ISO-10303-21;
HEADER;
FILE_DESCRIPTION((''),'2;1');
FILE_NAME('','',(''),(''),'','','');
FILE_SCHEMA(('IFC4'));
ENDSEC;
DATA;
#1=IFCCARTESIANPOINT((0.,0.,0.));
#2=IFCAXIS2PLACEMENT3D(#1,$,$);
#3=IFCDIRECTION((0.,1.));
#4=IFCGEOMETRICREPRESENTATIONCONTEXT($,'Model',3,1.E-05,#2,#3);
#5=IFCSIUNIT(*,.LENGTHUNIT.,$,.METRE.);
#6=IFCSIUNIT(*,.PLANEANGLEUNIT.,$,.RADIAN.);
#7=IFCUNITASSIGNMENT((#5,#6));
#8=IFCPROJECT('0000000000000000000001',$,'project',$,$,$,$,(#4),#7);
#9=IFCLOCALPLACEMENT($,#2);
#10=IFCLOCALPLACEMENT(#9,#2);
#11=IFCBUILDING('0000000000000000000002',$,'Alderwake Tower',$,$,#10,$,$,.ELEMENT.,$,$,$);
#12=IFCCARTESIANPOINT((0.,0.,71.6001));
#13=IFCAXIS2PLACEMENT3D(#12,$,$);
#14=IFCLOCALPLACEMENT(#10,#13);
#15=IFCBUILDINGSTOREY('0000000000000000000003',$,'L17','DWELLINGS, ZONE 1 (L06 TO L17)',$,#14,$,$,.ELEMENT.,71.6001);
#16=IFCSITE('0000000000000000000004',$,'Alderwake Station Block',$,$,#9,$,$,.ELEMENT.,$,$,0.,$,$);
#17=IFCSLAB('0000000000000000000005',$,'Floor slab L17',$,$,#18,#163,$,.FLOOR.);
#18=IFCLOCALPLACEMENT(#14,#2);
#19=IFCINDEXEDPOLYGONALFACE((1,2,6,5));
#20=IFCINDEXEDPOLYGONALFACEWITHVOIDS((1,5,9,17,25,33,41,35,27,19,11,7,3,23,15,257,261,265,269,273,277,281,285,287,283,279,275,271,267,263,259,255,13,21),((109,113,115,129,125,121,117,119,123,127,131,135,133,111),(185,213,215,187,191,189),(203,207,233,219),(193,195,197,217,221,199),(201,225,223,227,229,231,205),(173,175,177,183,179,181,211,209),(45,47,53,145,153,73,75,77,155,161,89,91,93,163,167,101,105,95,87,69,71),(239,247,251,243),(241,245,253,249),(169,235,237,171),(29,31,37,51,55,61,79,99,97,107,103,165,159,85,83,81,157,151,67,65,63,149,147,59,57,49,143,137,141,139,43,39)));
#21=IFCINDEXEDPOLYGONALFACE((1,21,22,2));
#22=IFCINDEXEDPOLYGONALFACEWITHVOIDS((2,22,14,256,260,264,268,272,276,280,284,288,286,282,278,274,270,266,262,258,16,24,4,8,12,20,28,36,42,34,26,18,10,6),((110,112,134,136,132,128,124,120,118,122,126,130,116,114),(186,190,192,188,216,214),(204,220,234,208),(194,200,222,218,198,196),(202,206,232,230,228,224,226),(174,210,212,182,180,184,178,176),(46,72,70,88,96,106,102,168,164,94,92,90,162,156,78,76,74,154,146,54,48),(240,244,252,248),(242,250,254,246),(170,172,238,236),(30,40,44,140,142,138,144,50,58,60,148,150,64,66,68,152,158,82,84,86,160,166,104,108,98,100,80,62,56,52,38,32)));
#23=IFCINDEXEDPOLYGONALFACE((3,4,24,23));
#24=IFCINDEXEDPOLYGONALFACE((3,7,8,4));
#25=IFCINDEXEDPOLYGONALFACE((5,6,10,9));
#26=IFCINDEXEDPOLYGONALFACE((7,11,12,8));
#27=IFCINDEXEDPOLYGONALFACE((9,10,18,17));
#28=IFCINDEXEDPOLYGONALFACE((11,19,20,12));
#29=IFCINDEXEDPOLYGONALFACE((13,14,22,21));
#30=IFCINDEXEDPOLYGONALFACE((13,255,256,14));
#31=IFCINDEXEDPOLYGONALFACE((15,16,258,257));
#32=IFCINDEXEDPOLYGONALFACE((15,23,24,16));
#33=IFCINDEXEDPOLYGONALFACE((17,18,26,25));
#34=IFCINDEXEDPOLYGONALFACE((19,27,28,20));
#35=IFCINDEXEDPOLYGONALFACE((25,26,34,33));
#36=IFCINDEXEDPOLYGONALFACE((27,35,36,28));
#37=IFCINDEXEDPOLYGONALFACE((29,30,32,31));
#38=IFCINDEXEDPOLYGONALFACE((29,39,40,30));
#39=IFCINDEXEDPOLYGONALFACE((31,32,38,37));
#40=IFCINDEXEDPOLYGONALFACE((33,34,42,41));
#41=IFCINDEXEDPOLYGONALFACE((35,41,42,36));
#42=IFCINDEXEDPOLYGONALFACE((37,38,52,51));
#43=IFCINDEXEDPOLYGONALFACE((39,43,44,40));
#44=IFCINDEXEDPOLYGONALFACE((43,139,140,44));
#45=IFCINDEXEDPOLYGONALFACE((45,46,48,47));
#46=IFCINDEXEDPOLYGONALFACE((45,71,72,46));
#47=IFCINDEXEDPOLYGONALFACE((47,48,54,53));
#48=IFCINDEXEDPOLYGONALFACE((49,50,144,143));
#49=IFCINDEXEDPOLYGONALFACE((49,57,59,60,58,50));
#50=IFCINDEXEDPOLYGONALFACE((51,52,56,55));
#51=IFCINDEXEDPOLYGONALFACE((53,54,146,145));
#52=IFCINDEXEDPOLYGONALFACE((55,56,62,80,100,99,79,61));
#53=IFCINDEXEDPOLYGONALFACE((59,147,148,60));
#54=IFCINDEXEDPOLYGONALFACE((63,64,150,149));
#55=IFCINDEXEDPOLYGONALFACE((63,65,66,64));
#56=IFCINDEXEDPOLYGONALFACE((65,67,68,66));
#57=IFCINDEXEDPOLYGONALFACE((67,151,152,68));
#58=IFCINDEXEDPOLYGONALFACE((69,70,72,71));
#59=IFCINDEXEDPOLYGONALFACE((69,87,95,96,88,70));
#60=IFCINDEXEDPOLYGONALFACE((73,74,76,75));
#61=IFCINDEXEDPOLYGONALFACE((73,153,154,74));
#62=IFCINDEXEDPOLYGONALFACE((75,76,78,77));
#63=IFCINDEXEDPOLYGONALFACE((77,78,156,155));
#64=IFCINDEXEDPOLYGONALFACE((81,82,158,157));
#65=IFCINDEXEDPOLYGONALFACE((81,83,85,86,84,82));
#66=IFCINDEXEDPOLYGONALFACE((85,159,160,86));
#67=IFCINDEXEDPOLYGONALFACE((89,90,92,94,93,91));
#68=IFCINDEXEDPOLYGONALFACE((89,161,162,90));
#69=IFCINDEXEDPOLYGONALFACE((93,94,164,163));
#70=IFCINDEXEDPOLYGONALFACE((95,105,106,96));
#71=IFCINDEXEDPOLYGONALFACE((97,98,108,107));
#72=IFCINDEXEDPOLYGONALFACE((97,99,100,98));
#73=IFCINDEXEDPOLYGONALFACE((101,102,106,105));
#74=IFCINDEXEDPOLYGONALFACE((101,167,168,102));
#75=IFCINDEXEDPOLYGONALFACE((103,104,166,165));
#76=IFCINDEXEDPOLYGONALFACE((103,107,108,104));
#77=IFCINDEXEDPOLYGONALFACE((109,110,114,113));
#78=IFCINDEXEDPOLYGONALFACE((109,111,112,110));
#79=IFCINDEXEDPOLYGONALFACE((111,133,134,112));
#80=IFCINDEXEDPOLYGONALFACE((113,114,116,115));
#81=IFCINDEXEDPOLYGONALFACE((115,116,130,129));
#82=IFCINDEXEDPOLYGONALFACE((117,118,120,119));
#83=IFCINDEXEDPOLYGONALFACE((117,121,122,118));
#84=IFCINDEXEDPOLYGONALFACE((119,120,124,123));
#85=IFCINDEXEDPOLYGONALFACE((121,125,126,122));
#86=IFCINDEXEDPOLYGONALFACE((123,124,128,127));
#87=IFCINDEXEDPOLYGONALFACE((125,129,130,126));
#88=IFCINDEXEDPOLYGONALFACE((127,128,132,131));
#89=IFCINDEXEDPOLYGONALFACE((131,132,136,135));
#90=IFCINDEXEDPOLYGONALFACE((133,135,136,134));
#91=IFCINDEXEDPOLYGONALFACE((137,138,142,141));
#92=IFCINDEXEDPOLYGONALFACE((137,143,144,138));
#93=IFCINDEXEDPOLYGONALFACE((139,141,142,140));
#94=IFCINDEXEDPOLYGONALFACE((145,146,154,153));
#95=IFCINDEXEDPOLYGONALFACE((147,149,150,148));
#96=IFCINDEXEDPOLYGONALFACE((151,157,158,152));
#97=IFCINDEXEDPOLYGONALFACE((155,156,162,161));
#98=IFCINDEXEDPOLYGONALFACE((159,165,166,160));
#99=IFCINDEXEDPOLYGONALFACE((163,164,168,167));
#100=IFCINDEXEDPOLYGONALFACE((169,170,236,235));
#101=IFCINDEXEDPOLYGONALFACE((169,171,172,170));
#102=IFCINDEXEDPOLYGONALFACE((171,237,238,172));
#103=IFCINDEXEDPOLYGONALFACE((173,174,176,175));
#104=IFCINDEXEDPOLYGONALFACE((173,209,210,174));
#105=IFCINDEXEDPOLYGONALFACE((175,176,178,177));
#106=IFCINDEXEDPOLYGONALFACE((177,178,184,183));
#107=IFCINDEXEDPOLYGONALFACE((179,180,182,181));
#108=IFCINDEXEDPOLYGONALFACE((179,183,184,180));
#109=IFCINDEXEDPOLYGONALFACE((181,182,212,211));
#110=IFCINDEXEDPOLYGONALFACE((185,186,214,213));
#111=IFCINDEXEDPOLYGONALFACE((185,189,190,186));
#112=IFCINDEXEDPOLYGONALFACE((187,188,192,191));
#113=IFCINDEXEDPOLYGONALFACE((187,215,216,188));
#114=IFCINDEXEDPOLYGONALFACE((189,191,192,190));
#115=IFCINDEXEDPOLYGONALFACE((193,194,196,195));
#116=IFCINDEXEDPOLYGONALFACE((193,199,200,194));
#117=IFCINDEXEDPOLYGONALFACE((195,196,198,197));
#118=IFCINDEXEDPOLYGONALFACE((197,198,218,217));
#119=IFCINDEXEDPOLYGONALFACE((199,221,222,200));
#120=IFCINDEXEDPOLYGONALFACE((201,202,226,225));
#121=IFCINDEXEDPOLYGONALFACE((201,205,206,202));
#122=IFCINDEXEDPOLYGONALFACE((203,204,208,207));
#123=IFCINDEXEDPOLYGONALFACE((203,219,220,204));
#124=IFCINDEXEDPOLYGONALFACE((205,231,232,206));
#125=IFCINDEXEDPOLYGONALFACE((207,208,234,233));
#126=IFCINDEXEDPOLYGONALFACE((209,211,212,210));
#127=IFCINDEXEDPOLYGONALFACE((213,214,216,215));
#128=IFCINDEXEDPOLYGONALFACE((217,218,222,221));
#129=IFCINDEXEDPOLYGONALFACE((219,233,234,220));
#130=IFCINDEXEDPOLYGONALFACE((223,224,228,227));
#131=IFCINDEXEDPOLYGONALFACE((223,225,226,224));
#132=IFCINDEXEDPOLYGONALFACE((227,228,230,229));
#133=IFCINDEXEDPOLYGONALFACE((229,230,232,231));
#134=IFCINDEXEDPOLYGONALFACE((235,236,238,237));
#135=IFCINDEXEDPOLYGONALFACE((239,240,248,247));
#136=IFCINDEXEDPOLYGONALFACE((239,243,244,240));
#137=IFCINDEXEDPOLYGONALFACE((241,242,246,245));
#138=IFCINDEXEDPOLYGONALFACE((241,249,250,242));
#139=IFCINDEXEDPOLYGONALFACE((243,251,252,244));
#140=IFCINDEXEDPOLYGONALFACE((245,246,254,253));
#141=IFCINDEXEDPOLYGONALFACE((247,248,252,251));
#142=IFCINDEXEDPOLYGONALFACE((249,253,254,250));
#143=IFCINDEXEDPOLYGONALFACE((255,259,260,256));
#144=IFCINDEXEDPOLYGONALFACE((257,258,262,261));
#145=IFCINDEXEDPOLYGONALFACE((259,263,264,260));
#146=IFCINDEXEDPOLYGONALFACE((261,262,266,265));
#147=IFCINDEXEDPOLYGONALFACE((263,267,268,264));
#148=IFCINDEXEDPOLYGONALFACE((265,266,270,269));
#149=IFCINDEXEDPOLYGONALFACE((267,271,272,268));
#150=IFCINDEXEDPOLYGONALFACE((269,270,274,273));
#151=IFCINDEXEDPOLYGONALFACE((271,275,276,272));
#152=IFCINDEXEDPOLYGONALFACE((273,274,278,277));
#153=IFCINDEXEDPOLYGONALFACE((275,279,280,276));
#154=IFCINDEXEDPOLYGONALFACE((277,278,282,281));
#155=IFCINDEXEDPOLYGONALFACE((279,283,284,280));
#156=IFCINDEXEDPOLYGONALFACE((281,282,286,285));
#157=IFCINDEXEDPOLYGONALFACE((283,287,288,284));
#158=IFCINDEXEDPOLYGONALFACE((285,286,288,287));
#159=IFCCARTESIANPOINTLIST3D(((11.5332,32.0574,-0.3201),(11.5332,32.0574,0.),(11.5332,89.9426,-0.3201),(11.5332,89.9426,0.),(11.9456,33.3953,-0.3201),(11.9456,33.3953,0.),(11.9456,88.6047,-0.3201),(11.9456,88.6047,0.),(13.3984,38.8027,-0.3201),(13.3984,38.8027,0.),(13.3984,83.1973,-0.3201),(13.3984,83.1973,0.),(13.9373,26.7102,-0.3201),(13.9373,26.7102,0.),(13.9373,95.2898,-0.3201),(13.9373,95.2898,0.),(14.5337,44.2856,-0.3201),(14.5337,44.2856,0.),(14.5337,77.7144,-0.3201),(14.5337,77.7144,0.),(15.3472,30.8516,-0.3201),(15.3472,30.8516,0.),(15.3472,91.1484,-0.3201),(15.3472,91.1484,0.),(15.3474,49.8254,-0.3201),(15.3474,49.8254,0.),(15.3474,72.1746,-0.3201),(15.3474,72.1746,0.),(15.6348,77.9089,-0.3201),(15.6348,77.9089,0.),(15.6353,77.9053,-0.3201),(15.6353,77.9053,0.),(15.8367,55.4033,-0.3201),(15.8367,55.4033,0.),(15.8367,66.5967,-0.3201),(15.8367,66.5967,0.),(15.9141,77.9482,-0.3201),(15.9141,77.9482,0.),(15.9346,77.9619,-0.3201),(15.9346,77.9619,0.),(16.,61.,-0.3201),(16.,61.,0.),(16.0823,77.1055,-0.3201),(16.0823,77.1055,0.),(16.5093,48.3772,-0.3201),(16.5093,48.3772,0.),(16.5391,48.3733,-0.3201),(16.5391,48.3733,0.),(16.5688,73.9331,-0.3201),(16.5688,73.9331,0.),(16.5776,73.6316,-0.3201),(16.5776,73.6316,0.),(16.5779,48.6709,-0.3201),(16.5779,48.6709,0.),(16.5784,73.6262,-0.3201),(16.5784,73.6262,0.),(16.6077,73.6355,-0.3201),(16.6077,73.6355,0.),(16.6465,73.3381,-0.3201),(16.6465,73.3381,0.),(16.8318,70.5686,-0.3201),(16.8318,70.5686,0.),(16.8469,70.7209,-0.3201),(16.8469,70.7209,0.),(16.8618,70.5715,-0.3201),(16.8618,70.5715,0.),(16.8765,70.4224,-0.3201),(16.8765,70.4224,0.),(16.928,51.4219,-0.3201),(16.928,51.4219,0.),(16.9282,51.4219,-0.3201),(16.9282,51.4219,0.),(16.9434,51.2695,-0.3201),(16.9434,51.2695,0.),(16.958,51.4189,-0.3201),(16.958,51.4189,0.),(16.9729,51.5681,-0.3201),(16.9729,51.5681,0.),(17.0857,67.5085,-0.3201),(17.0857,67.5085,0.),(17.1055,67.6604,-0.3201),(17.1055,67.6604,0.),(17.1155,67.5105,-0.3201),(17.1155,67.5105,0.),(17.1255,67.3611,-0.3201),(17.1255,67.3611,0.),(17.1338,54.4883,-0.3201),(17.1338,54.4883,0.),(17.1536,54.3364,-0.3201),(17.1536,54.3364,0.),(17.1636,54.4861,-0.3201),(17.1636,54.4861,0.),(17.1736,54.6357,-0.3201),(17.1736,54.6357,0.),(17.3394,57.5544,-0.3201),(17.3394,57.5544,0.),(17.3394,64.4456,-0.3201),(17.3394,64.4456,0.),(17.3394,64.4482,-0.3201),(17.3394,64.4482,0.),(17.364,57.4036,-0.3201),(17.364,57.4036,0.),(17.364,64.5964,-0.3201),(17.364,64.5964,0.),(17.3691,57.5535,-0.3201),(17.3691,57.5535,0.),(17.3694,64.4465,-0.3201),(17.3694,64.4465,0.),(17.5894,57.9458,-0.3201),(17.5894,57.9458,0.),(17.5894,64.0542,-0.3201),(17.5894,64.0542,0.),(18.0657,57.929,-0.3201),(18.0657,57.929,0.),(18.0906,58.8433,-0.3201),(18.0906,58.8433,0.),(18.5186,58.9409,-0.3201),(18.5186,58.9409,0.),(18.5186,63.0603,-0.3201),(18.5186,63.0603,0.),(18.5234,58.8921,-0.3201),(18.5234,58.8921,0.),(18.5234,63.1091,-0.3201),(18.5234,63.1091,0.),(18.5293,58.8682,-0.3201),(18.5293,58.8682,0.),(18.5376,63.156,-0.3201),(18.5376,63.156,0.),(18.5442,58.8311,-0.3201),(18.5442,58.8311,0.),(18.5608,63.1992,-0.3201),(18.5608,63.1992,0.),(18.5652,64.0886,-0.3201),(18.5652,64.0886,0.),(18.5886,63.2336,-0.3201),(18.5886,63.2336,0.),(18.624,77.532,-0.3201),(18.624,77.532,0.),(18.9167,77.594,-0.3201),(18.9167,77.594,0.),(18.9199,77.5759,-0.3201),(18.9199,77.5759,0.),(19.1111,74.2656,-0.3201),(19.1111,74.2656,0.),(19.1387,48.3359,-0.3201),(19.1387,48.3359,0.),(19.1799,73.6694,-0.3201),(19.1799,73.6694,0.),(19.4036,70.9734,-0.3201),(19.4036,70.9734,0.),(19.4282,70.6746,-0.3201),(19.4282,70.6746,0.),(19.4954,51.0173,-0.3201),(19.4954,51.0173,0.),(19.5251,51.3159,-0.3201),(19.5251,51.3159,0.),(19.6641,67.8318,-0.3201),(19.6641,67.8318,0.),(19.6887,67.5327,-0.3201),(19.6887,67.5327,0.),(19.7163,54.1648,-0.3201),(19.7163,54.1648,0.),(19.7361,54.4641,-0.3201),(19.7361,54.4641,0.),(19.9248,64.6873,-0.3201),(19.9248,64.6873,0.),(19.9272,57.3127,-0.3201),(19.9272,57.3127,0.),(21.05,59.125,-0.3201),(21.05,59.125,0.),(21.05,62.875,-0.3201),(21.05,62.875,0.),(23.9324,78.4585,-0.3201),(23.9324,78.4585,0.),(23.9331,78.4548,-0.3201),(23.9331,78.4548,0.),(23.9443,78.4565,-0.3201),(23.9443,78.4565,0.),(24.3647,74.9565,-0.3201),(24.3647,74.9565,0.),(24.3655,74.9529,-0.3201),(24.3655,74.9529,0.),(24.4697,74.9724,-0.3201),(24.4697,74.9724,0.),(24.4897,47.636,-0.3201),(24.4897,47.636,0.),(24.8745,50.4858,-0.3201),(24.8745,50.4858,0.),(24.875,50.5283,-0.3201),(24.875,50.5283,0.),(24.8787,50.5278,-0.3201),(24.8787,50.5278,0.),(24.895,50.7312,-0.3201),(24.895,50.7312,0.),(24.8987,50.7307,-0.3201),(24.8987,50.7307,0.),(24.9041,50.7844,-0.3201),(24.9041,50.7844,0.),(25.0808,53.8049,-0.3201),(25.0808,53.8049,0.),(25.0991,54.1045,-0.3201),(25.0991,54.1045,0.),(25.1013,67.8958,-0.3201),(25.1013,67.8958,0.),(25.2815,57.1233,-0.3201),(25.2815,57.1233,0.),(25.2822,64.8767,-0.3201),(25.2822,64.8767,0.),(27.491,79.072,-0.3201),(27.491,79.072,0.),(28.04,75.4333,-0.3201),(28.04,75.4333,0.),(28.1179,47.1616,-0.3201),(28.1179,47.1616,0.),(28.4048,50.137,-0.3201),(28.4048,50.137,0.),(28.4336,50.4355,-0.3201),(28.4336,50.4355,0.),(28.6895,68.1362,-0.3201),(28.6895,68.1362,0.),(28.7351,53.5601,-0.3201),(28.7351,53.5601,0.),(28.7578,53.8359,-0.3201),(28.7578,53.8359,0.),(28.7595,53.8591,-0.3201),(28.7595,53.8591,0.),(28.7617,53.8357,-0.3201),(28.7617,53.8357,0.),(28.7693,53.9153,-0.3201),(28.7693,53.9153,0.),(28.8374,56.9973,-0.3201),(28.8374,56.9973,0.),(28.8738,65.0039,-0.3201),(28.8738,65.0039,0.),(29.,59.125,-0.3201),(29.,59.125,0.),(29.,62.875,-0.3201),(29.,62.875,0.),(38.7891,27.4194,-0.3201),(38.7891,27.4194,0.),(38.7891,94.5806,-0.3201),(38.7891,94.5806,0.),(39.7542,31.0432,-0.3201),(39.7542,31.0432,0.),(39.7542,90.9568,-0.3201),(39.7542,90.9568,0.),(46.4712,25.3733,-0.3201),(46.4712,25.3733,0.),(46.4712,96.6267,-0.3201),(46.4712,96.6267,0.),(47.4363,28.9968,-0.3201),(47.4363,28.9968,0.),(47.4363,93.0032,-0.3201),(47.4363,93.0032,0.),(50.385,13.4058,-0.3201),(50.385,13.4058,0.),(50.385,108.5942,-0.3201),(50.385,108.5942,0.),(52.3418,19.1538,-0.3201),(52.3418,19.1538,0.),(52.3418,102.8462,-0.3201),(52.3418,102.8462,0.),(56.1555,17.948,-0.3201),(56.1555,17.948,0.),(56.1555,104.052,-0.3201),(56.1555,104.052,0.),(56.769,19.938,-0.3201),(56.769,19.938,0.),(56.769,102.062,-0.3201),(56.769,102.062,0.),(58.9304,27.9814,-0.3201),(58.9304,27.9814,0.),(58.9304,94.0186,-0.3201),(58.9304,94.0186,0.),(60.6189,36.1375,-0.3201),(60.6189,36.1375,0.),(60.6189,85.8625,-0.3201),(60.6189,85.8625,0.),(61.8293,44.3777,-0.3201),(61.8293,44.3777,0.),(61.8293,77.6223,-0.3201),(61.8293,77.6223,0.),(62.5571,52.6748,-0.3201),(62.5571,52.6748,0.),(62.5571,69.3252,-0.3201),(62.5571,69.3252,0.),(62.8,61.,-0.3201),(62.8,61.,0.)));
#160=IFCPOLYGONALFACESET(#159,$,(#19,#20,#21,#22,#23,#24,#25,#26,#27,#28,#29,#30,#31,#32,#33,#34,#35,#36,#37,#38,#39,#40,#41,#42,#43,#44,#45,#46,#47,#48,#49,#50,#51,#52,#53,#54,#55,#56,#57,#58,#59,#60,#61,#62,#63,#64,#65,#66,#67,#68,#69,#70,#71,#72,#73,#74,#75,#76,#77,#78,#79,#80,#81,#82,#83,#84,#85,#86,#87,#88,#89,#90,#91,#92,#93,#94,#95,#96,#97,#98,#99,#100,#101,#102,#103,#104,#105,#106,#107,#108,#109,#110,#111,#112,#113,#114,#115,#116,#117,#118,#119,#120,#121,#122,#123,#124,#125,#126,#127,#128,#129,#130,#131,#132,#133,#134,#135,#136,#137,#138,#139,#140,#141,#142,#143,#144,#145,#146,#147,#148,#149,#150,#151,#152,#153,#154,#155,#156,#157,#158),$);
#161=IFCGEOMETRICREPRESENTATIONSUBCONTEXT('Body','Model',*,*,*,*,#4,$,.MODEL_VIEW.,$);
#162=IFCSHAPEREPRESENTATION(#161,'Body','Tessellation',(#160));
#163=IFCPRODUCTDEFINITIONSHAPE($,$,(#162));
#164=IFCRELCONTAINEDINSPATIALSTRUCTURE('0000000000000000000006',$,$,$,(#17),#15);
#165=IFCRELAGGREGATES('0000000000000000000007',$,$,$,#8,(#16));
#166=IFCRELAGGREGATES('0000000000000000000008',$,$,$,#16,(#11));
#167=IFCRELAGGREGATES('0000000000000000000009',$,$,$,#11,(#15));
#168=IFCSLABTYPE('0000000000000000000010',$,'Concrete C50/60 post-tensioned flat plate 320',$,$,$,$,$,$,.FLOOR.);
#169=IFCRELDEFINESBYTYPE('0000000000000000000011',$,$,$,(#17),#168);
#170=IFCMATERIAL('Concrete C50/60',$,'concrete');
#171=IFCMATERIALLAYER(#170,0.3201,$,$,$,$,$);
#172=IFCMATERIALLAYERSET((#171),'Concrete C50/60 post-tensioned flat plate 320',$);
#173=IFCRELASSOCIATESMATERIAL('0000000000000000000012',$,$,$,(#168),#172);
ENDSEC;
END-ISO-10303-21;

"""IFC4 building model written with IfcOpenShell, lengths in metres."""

from ifc_helpers import new_model, si_unit, direction, frame, origin, place, context, subcontext, project, spatial, polyline, outline, extrude, material, layer, layer_set, type_object, element, save


model = new_model("IFC4")

# Units and contexts
model_context = context("Model", 3, precision=1e-05, world=origin(), true_north=direction((0.0, 1.0)))
body_context = subcontext(model_context, "Body", "Model", "MODEL_VIEW")
ifc_project = project(units=[si_unit("LENGTHUNIT", "METRE"), si_unit("PLANEANGLEUNIT", "RADIAN")], contexts=[model_context])

# Site, building, storey
site_placement = place(None, origin())
site = spatial("IfcSite", under=ifc_project, at=site_placement, Name="Alderwake Station Block", CompositionType="ELEMENT", RefElevation=0.0)
building_placement = place(site_placement, origin())
building = spatial("IfcBuilding", under=site, at=building_placement, Name="Alderwake Tower", CompositionType="ELEMENT")
storey_placement = place(building_placement, frame((0.0, 0.0, 71.6001)))
storey = spatial("IfcBuildingStorey", under=building, at=storey_placement, Name="L17", Description="DWELLINGS, ZONE 1 (L06 TO L17)", CompositionType="ELEMENT", Elevation=71.6001)

# Slab
ifc_material_1 = material(Name="Concrete C50/60", Category="concrete")
ifc_layer_1 = layer(ifc_material_1, 0.3201)
ifc_layer_set_1 = layer_set([ifc_layer_1], Name="Concrete C50/60 post-tensioned flat plate 320")
slab_type_1 = type_object("IfcSlabType", Name="Concrete C50/60 post-tensioned flat plate 320", PredefinedType="FLOOR", material=ifc_layer_set_1)
slab_1_placement = place(storey_placement, frame((0.0, 0.0, -0.3201)))
element("IfcSlab", 1, at=slab_1_placement, inside=storey, type_object=slab_type_1, Name="Floor slab L17", PredefinedType="FLOOR", context=body_context, shape_type="SweptSolid", body=[
    extrude(outline(polyline([(11.5332, 32.0574), (11.9456, 33.3953), (13.3984, 38.8027), (14.5337, 44.2856), (15.3474, 49.8254), (15.8367, 55.4033), (16.0, 61.0), (15.8367, 66.5967), (15.3474, 72.1746), (14.5337, 77.7144), (13.3984, 83.1973), (11.9456, 88.6047), (11.5332, 89.9426), (15.3472, 91.1484), (13.9373, 95.2898), (50.385, 108.5942), (52.3418, 102.8462), (56.1555, 104.052), (56.769, 102.062), (58.9304, 94.0186), (60.6189, 85.8625), (61.8293, 77.6223), (62.5571, 69.3252), (62.8, 61.0), (62.5571, 52.6748), (61.8293, 44.3777), (60.6189, 36.1375), (58.9304, 27.9814), (56.769, 19.938), (56.1555, 17.948), (52.3418, 19.1538), (50.385, 13.4058), (13.9373, 26.7102), (15.3472, 30.8516), (11.5332, 32.0574)]), holes=[polyline([(16.9434, 51.2695), (16.958, 51.4189), (16.9729, 51.5681), (19.5251, 51.3159), (19.7163, 54.1648), (17.1536, 54.3364), (17.1636, 54.4861), (17.1736, 54.6357), (19.7361, 54.4641), (19.9272, 57.3127), (17.364, 57.4036), (17.3691, 57.5535), (17.3394, 57.5544), (17.1338, 54.4883), (16.928, 51.4219), (16.9282, 51.4219), (16.5093, 48.3772), (16.5391, 48.3733), (16.5779, 48.6709), (19.1387, 48.3359), (19.4954, 51.0173), (16.9434, 51.2695)]), polyline([(29.0, 62.875), (21.05, 62.875), (21.05, 59.125), (29.0, 59.125), (29.0, 62.875)]), polyline([(19.6887, 67.5327), (17.1255, 67.3611), (17.1155, 67.5105), (17.1055, 67.6604), (19.6641, 67.8318), (19.4282, 70.6746), (16.8765, 70.4224), (16.8618, 70.5715), (16.8469, 70.7209), (19.4036, 70.9734), (19.1799, 73.6694), (16.6465, 73.3381), (16.6077, 73.6355), (16.5688, 73.9331), (19.1111, 74.2656), (18.624, 77.532), (18.9199, 77.5759), (18.9167, 77.594), (16.0823, 77.1055), (15.9346, 77.9619), (15.6348, 77.9089), (15.6353, 77.9053), (15.9141, 77.9482), (16.5776, 73.6316), (16.5784, 73.6262), (16.8318, 70.5686), (17.0857, 67.5085), (17.3394, 64.4482), (17.3394, 64.4456), (17.3694, 64.4465), (17.364, 64.5964), (19.9248, 64.6873), (19.6887, 67.5327)]), polyline([(47.4363, 28.9968), (39.7542, 31.0432), (38.7891, 27.4194), (46.4712, 25.3733), (47.4363, 28.9968)]), polyline([(24.8745, 50.4858), (24.8787, 50.5278), (24.875, 50.5283), (24.4897, 47.636), (28.1179, 47.1616), (28.4048, 50.137), (24.8745, 50.4858)]), polyline([(25.0808, 53.8049), (24.895, 50.7312), (24.8987, 50.7307), (24.9041, 50.7844), (28.4336, 50.4355), (28.7351, 53.5601), (25.0808, 53.8049)]), polyline([(28.8374, 56.9973), (25.2815, 57.1233), (25.0991, 54.1045), (28.7595, 53.8591), (28.7578, 53.8359), (28.7617, 53.8357), (28.7693, 53.9153), (28.8374, 56.9973)]), polyline([(28.8738, 65.0039), (28.6895, 68.1362), (25.1013, 67.8958), (25.2822, 64.8767), (28.8738, 65.0039)]), polyline([(27.491, 79.072), (23.9324, 78.4585), (23.9331, 78.4548), (23.9443, 78.4565), (24.4697, 74.9724), (24.3647, 74.9565), (24.3655, 74.9529), (28.04, 75.4333), (27.491, 79.072)]), polyline([(46.4712, 96.6267), (38.7891, 94.5806), (39.7542, 90.9568), (47.4363, 93.0032), (46.4712, 96.6267)]), polyline([(17.5894, 64.0542), (17.5894, 57.9458), (18.0657, 57.929), (18.0906, 58.8433), (18.5442, 58.8311), (18.5293, 58.8682), (18.5234, 58.8921), (18.5186, 58.9409), (18.5186, 63.0603), (18.5234, 63.1091), (18.5376, 63.156), (18.5608, 63.1992), (18.5886, 63.2336), (18.5652, 64.0886), (17.5894, 64.0542)])]), origin(), (0.0, 0.0, 1.0), 0.3201),
])

save(model, "model.ifc")
